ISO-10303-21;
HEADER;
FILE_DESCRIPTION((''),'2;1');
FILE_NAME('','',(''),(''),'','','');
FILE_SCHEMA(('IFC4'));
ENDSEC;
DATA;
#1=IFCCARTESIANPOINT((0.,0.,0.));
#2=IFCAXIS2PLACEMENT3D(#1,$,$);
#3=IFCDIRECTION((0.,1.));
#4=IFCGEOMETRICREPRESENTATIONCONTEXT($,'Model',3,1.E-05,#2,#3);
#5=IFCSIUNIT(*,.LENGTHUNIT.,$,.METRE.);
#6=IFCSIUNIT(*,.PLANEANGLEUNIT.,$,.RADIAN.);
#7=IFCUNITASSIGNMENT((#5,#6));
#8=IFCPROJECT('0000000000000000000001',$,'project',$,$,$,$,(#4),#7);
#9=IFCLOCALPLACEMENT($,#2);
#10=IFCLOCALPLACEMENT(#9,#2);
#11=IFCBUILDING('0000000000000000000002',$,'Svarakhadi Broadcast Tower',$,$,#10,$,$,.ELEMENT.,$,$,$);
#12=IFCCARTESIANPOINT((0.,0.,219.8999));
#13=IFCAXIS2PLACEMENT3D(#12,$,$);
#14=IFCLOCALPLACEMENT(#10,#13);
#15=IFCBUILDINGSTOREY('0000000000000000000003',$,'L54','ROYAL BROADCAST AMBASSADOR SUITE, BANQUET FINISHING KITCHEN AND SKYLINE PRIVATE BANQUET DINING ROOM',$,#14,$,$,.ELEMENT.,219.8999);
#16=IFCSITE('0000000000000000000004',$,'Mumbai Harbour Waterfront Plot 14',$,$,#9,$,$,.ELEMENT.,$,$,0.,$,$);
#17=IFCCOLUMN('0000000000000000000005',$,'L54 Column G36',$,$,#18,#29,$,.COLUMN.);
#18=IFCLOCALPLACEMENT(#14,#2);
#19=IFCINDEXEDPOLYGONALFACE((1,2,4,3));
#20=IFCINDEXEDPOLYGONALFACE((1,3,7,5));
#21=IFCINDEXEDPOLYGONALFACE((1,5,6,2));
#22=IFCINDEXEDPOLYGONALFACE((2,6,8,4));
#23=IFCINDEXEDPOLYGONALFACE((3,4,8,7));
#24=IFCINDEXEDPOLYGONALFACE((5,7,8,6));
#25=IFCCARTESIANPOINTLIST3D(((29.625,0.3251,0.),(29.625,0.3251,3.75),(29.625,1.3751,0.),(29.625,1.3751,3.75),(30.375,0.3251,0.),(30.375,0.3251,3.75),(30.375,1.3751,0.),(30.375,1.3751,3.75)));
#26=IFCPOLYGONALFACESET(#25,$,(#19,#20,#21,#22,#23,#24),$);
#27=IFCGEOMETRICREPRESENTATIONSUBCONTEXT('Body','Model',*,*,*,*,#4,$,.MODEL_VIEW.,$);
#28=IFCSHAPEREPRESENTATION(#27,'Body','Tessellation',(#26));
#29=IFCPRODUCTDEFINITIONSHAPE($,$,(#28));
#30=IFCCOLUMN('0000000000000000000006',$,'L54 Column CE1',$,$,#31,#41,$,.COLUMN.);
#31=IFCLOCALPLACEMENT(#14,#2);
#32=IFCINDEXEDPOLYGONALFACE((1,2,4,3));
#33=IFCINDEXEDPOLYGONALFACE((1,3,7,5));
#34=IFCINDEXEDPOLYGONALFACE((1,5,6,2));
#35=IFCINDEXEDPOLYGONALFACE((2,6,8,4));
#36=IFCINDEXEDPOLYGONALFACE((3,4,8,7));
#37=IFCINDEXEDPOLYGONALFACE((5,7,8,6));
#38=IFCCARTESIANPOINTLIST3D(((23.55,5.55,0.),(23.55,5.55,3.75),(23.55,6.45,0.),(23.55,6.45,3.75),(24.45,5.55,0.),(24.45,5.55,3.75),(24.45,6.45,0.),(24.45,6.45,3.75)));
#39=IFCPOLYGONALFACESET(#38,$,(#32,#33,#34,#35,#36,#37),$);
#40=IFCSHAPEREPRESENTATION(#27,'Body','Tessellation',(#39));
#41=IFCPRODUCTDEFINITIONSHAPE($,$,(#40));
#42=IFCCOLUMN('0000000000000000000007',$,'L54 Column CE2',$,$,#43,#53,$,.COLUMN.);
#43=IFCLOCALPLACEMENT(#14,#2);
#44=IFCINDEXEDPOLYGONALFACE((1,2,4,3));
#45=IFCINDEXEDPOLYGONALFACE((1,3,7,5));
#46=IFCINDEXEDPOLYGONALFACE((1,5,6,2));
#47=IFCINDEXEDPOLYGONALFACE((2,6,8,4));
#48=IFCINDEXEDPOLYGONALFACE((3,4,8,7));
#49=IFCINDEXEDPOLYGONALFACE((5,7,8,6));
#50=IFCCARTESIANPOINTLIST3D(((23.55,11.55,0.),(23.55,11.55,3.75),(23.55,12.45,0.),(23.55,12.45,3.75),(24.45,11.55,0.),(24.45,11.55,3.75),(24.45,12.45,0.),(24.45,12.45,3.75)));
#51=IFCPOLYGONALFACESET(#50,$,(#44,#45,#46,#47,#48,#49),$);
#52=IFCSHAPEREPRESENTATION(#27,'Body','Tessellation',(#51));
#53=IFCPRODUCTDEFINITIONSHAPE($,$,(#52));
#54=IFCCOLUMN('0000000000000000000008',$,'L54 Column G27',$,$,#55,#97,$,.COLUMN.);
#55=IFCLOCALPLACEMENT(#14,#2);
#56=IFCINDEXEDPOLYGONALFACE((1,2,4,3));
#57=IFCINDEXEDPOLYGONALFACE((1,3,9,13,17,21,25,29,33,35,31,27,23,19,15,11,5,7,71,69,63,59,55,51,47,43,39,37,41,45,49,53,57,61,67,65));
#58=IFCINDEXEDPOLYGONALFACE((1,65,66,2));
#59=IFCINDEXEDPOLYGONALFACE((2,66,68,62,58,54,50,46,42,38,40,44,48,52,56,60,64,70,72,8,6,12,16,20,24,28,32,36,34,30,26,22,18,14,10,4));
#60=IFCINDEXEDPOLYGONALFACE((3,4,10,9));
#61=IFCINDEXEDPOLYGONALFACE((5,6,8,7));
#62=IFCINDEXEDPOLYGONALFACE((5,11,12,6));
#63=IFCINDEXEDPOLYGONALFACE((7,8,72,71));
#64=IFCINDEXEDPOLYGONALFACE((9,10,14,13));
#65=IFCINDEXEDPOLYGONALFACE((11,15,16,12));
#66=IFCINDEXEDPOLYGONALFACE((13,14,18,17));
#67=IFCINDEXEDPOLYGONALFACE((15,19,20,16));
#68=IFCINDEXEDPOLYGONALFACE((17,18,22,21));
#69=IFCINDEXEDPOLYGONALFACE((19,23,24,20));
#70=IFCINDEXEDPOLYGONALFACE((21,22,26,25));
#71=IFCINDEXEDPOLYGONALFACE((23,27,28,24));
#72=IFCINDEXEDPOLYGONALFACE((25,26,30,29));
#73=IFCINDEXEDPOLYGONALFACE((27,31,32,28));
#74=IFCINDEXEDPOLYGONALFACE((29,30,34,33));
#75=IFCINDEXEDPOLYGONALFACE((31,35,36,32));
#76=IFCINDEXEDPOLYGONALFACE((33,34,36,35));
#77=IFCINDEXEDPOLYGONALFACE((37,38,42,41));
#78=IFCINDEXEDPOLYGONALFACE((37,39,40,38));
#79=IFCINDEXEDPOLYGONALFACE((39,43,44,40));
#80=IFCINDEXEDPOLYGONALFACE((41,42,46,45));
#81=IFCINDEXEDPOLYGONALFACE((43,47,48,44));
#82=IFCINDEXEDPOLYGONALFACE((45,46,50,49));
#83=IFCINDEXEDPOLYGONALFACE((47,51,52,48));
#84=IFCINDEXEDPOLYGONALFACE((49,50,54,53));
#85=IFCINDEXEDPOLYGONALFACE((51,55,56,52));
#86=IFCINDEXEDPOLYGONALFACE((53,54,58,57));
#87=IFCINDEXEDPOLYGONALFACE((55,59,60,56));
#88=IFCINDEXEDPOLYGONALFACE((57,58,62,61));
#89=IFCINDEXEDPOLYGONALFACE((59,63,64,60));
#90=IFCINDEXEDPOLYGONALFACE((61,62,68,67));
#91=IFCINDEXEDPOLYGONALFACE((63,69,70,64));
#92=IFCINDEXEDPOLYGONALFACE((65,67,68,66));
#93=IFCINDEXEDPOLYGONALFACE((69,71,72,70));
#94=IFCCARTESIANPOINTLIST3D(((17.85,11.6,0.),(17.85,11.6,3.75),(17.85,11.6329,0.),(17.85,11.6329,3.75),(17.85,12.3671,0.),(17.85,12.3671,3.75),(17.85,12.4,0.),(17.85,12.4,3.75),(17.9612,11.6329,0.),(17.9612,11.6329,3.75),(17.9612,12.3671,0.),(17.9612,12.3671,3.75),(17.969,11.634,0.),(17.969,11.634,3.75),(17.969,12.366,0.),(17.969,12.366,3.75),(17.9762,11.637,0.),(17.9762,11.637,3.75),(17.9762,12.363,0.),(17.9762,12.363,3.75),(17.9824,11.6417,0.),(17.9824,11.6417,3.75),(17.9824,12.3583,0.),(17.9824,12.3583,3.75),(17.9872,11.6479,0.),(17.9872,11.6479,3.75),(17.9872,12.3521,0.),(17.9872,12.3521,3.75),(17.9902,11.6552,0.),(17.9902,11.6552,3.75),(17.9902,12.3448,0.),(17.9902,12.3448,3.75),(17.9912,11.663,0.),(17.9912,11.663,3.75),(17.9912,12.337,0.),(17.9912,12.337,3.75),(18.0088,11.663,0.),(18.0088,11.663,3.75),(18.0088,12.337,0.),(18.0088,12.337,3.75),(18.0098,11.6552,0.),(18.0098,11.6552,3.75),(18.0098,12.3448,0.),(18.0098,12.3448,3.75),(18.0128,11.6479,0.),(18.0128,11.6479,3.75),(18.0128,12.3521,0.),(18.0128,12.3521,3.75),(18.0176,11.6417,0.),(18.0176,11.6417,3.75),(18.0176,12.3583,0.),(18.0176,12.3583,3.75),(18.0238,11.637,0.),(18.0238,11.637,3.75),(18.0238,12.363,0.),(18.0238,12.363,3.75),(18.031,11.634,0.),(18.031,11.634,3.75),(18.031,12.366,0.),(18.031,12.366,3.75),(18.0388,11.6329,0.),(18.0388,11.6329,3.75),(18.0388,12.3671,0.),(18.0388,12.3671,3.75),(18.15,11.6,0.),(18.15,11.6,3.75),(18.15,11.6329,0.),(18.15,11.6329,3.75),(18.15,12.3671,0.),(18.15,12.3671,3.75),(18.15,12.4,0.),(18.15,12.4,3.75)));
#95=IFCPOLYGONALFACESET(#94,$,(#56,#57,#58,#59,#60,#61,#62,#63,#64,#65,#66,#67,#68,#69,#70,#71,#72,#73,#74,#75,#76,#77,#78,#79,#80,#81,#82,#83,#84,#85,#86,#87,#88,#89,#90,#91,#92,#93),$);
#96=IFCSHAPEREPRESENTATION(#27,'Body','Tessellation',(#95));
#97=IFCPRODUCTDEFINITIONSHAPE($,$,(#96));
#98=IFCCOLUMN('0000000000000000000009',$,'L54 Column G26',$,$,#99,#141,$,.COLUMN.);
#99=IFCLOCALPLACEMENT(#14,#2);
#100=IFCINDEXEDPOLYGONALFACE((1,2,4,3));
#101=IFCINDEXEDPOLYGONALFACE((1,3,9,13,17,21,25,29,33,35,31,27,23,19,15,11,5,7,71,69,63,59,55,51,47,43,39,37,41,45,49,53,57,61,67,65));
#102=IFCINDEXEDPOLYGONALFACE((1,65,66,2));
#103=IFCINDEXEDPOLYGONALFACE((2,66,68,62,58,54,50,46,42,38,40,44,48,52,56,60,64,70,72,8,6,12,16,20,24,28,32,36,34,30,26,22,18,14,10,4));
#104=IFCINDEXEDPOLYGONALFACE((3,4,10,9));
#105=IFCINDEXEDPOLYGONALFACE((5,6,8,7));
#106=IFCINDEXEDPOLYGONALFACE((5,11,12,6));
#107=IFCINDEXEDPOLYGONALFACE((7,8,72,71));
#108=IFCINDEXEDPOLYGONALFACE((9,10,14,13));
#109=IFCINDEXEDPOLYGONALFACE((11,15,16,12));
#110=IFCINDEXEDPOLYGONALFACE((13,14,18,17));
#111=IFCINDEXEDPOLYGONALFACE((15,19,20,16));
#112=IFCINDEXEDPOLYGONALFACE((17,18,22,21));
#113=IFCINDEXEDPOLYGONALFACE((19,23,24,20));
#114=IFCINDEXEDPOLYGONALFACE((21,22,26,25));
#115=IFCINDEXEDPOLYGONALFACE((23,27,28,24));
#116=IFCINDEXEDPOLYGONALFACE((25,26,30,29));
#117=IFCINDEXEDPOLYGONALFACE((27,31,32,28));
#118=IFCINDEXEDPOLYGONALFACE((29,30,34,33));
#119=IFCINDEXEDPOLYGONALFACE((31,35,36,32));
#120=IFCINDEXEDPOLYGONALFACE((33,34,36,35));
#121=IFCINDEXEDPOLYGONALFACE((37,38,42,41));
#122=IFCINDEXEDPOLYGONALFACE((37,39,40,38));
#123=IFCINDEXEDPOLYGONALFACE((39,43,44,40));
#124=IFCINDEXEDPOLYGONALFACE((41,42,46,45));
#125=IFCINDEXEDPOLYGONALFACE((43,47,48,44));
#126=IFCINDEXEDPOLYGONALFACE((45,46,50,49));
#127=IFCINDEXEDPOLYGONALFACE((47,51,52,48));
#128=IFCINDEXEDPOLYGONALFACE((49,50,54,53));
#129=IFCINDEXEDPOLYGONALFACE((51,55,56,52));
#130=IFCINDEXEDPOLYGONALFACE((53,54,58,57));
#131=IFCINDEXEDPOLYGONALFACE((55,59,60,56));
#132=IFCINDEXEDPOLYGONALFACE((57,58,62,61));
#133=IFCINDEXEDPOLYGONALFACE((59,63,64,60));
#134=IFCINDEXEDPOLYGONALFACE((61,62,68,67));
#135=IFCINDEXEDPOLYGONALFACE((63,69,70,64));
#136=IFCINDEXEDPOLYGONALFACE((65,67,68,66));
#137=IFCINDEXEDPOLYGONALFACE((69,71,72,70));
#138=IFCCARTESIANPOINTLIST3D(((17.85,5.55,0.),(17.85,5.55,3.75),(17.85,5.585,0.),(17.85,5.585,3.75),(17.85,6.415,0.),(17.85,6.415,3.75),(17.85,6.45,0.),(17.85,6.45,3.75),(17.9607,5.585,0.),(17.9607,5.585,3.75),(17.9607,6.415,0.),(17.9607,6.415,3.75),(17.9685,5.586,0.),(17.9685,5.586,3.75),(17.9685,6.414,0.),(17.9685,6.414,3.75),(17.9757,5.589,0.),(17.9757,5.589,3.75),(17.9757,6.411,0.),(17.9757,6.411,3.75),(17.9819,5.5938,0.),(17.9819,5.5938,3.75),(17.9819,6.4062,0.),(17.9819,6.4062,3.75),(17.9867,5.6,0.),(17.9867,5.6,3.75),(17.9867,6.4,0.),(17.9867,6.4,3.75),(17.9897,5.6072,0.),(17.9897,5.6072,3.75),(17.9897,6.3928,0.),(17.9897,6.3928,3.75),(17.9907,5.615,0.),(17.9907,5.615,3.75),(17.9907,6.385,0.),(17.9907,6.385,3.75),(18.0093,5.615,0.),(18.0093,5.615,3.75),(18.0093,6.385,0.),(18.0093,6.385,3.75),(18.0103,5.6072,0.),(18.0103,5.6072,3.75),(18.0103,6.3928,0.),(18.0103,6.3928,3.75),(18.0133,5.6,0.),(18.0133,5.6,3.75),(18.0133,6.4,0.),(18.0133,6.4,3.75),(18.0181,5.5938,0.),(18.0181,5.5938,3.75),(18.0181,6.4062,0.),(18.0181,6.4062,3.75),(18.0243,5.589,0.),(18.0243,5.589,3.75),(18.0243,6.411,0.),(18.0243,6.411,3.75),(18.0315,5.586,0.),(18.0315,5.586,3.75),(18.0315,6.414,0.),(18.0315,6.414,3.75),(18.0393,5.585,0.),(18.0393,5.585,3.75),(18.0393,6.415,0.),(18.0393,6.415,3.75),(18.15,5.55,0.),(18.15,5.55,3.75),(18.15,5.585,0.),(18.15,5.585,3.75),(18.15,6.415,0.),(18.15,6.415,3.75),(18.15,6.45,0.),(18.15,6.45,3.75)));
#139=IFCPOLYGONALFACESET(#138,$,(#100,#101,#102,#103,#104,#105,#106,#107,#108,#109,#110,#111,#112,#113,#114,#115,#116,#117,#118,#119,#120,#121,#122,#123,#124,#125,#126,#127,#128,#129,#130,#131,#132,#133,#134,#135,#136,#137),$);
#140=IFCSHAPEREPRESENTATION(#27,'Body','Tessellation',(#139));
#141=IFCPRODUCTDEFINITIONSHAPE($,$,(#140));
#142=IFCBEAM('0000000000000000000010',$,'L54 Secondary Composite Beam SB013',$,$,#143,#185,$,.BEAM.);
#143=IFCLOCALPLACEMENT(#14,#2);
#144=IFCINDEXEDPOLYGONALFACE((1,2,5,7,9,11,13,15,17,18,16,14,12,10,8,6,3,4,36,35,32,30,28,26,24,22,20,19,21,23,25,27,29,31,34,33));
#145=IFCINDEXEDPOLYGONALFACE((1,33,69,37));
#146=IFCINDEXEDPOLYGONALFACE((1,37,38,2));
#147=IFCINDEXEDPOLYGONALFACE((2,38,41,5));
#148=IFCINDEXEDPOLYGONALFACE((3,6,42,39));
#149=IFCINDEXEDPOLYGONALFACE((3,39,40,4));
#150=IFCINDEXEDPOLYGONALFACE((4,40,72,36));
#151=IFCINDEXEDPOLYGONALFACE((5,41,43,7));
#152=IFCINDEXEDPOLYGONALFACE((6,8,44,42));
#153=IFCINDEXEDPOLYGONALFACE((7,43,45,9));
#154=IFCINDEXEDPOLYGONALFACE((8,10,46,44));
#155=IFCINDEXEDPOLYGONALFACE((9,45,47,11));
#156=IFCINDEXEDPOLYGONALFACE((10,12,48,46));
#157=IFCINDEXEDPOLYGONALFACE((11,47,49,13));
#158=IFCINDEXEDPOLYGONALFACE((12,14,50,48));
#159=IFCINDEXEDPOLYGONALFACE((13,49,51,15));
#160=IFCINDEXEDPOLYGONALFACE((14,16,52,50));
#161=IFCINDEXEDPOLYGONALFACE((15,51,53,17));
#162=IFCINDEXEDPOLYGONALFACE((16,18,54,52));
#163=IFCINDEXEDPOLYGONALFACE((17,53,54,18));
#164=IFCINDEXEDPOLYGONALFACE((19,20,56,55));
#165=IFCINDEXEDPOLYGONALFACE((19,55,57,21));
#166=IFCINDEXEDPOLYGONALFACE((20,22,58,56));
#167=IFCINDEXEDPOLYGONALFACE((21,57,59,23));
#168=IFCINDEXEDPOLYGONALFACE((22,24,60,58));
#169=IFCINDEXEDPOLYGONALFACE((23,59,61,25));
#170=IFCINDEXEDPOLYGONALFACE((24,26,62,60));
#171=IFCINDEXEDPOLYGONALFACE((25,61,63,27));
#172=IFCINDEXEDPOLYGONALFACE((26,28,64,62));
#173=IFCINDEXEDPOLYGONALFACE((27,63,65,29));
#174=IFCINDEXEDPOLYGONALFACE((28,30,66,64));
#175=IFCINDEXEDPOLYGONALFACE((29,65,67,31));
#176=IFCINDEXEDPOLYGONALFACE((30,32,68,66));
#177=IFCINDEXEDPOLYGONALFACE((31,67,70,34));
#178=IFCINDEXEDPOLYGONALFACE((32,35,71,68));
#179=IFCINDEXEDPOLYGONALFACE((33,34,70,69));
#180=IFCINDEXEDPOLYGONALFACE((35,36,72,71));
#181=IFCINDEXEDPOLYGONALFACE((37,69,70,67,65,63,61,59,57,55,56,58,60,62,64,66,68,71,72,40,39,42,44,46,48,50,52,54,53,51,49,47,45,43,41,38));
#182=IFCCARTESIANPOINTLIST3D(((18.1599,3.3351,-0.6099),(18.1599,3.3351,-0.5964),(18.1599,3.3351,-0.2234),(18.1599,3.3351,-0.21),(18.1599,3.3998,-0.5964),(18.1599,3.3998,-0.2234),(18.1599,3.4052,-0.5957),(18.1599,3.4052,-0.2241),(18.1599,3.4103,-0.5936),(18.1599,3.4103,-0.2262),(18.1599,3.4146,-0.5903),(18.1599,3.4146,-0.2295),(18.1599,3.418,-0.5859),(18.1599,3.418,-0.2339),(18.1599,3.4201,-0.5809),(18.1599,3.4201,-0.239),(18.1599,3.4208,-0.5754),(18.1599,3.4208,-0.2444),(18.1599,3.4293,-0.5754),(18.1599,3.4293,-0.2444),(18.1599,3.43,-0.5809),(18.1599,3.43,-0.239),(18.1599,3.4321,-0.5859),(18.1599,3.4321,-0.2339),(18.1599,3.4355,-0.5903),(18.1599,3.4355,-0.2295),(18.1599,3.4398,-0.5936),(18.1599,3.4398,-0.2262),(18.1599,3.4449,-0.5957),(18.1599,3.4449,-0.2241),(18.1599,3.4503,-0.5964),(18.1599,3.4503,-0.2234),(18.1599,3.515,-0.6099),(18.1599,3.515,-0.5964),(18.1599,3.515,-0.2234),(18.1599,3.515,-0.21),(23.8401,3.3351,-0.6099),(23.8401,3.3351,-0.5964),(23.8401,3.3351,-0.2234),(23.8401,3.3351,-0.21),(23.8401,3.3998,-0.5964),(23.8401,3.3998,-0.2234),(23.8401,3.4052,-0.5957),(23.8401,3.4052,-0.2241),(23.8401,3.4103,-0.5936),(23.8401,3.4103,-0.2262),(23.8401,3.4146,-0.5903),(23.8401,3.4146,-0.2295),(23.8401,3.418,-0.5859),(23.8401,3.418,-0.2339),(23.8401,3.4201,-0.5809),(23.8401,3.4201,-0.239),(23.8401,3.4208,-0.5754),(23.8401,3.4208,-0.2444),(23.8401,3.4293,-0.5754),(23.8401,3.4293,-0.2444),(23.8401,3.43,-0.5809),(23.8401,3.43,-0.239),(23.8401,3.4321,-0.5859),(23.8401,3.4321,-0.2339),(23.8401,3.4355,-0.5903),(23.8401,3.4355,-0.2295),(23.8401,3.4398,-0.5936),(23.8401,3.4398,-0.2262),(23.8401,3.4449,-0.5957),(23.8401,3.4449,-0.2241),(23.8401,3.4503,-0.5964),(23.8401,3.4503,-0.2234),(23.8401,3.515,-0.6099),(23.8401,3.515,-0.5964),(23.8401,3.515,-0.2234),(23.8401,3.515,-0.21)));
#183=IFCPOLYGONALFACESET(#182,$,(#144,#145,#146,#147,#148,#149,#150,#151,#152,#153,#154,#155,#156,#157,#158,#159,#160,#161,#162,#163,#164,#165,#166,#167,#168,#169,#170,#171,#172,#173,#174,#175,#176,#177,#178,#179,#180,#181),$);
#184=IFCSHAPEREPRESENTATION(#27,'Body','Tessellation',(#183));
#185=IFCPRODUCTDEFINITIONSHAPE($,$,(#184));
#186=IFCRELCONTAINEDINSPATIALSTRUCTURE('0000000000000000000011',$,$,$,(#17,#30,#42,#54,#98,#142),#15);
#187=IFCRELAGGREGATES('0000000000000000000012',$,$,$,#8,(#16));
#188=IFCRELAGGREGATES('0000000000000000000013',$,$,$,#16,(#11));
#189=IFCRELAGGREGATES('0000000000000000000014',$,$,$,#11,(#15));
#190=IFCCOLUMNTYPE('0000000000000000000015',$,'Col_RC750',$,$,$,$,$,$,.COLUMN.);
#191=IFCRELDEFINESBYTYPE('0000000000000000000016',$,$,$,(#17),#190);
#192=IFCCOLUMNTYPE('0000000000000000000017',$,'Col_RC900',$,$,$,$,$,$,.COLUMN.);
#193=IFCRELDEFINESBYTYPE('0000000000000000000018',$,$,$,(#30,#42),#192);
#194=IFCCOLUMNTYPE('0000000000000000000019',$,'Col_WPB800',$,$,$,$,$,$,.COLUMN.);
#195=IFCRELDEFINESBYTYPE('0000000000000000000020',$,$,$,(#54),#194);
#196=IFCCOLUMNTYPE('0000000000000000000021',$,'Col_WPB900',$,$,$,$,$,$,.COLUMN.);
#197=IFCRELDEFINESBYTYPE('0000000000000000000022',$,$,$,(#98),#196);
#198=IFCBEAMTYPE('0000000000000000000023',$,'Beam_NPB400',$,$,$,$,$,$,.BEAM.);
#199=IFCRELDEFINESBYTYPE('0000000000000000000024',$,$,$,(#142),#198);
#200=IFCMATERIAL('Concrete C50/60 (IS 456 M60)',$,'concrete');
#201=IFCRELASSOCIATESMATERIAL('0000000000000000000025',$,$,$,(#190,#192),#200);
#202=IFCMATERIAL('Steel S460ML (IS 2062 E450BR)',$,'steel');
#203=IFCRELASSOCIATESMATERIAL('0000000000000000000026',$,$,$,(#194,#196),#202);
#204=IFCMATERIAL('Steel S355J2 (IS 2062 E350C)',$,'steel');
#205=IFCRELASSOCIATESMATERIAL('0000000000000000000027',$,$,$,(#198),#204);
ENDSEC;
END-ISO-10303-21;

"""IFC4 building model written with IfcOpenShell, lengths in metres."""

from ifc_helpers import new_model, si_unit, direction, frame, origin, origin_2d, place, context, subcontext, project, spatial, rectangle, i_section, extrude, material, material_profile, profile_set, type_object, element, save


model = new_model("IFC4")

# Units and contexts
model_context = context("Model", 3, precision=1e-05, world=origin(), true_north=direction((0.0, 1.0)))
body_context = subcontext(model_context, "Body", "Model", "MODEL_VIEW")
ifc_project = project(units=[si_unit("LENGTHUNIT", "METRE"), si_unit("PLANEANGLEUNIT", "RADIAN")], contexts=[model_context])

# Site, building, storey
site_placement = place(None, origin())
site = spatial("IfcSite", under=ifc_project, at=site_placement, Name="Mumbai Harbour Waterfront Plot 14", CompositionType="ELEMENT", RefElevation=0.0)
building_placement = place(site_placement, origin())
building = spatial("IfcBuilding", under=site, at=building_placement, Name="Svarakhadi Broadcast Tower", CompositionType="ELEMENT")
storey_placement = place(building_placement, frame((0.0, 0.0, 219.8999)))
storey = spatial("IfcBuildingStorey", under=building, at=storey_placement, Name="L54", Description="ROYAL BROADCAST AMBASSADOR SUITE, BANQUET FINISHING KITCHEN AND SKYLINE PRIVATE BANQUET DINING ROOM", CompositionType="ELEMENT", Elevation=219.8999)

# Columns
ifc_material_1 = material(Name="Concrete C50/60 (IS 456 M60)", Category="concrete")
ifc_material_profile_1 = material_profile(ifc_material_1, rectangle(XDim=0.75, YDim=1.05, at=origin_2d()), Name="RC 750x1050")
ifc_profile_set_1 = profile_set([ifc_material_profile_1], Name="Concrete C50/60 (IS 456 M60)")
column_type_1 = type_object("IfcColumnType", Name="Col_RC750", PredefinedType="COLUMN", material=ifc_profile_set_1)
column_1_placement = place(storey_placement, frame((30.0, 0.8501, 0.0), z_axis=(0.0, 0.0, 1.0), x_axis=(1.0, 0.0, 0.0)))
element("IfcColumn", 1, at=column_1_placement, inside=storey, type_object=column_type_1, Name="L54 Column G36", PredefinedType="COLUMN", context=body_context, shape_type="SweptSolid", body=[
    extrude(rectangle(XDim=0.75, YDim=1.05, at=origin_2d()), origin(), (0.0, 0.0, 1.0), 3.75),
])
ifc_material_profile_2 = material_profile(ifc_material_1, rectangle(XDim=0.8999, YDim=0.8999, at=origin_2d()), Name="RC 900x900")
ifc_profile_set_2 = profile_set([ifc_material_profile_2], Name="Concrete C50/60 (IS 456 M60)")
column_type_2 = type_object("IfcColumnType", Name="Col_RC900", PredefinedType="COLUMN", material=ifc_profile_set_2)
for number, where, z_axis, x_axis, name in (
    (2, (24.0, 6.0, 0.0), (0.0, 0.0, 1.0), (1.0, 0.0, 0.0), "L54 Column CE1"),
    (3, (24.0, 12.0, 0.0), (0.0, 0.0, 1.0), (1.0, 0.0, 0.0), "L54 Column CE2"),
):
    element("IfcColumn", number, at=place(storey_placement, frame(where, z_axis=z_axis, x_axis=x_axis)), inside=storey, type_object=column_type_2, Name=name, PredefinedType="COLUMN", context=body_context, shape_type="SweptSolid", body=[
        extrude(rectangle(XDim=0.8999, YDim=0.8999, at=origin_2d()), origin(), (0.0, 0.0, 1.0), 3.75),
    ])
ifc_material_2 = material(Name="Steel S460ML (IS 2062 E450BR)", Category="steel")
ifc_material_profile_3 = material_profile(ifc_material_2, i_section(OverallWidth=0.3, OverallDepth=0.8, WebThickness=0.0176, FlangeThickness=0.033, FilletRadius=0.03, at=origin_2d()), Name="WPB 800x300x262")
ifc_profile_set_3 = profile_set([ifc_material_profile_3], Name="Steel S460ML (IS 2062 E450BR)")
column_type_3 = type_object("IfcColumnType", Name="Col_WPB800", PredefinedType="COLUMN", material=ifc_profile_set_3)
column_2_placement = place(storey_placement, frame((18.0, 12.0, 0.0), z_axis=(0.0, 0.0, 1.0), x_axis=(1.0, 0.0, 0.0)))
element("IfcColumn", 4, at=column_2_placement, inside=storey, type_object=column_type_3, Name="L54 Column G27", PredefinedType="COLUMN", context=body_context, shape_type="SweptSolid", body=[
    extrude(i_section(OverallWidth=0.3, OverallDepth=0.8, WebThickness=0.0176, FlangeThickness=0.033, FilletRadius=0.03, at=origin_2d()), origin(), (0.0, 0.0, 1.0), 3.75),
])
ifc_material_profile_4 = material_profile(ifc_material_2, i_section(OverallWidth=0.3, OverallDepth=0.8999, WebThickness=0.0186, FlangeThickness=0.0349, FilletRadius=0.03, at=origin_2d()), Name="WPB 900x300x291")
ifc_profile_set_4 = profile_set([ifc_material_profile_4], Name="Steel S460ML (IS 2062 E450BR)")
column_type_4 = type_object("IfcColumnType", Name="Col_WPB900", PredefinedType="COLUMN", material=ifc_profile_set_4)
column_3_placement = place(storey_placement, frame((18.0, 6.0, 0.0), z_axis=(0.0, 0.0, 1.0), x_axis=(1.0, 0.0, 0.0)))
element("IfcColumn", 5, at=column_3_placement, inside=storey, type_object=column_type_4, Name="L54 Column G26", PredefinedType="COLUMN", context=body_context, shape_type="SweptSolid", body=[
    extrude(i_section(OverallWidth=0.3, OverallDepth=0.8999, WebThickness=0.0186, FlangeThickness=0.0349, FilletRadius=0.03, at=origin_2d()), origin(), (0.0, 0.0, 1.0), 3.75),
])

# Beam
ifc_material_3 = material(Name="Steel S355J2 (IS 2062 E350C)", Category="steel")
ifc_material_profile_5 = material_profile(ifc_material_3, i_section(OverallWidth=0.1799, OverallDepth=0.3999, WebThickness=0.0085, FlangeThickness=0.0134, FilletRadius=0.021, at=origin_2d()), Name="NPB 400x180x66")
ifc_profile_set_5 = profile_set([ifc_material_profile_5], Name="Steel S355J2 (IS 2062 E350C)")
beam_type_1 = type_object("IfcBeamType", Name="Beam_NPB400", PredefinedType="BEAM", material=ifc_profile_set_5)
for number, where, z_axis, x_axis, name in (
    (6, (18.1599, 3.425, -0.4099), (1.0, 0.0, 0.0), (0.0, 1.0, 0.0), "L54 Secondary Composite Beam SB013"),
):
    element("IfcBeam", number, at=place(storey_placement, frame(where, z_axis=z_axis, x_axis=x_axis)), inside=storey, type_object=beam_type_1, Name=name, PredefinedType="BEAM", context=body_context, shape_type="SweptSolid", body=[
        extrude(i_section(OverallWidth=0.1799, OverallDepth=0.3999, WebThickness=0.0085, FlangeThickness=0.0134, FilletRadius=0.021, at=origin_2d()), origin(), (0.0, 0.0, 1.0), 5.6802),
    ])

save(model, "model.ifc")
